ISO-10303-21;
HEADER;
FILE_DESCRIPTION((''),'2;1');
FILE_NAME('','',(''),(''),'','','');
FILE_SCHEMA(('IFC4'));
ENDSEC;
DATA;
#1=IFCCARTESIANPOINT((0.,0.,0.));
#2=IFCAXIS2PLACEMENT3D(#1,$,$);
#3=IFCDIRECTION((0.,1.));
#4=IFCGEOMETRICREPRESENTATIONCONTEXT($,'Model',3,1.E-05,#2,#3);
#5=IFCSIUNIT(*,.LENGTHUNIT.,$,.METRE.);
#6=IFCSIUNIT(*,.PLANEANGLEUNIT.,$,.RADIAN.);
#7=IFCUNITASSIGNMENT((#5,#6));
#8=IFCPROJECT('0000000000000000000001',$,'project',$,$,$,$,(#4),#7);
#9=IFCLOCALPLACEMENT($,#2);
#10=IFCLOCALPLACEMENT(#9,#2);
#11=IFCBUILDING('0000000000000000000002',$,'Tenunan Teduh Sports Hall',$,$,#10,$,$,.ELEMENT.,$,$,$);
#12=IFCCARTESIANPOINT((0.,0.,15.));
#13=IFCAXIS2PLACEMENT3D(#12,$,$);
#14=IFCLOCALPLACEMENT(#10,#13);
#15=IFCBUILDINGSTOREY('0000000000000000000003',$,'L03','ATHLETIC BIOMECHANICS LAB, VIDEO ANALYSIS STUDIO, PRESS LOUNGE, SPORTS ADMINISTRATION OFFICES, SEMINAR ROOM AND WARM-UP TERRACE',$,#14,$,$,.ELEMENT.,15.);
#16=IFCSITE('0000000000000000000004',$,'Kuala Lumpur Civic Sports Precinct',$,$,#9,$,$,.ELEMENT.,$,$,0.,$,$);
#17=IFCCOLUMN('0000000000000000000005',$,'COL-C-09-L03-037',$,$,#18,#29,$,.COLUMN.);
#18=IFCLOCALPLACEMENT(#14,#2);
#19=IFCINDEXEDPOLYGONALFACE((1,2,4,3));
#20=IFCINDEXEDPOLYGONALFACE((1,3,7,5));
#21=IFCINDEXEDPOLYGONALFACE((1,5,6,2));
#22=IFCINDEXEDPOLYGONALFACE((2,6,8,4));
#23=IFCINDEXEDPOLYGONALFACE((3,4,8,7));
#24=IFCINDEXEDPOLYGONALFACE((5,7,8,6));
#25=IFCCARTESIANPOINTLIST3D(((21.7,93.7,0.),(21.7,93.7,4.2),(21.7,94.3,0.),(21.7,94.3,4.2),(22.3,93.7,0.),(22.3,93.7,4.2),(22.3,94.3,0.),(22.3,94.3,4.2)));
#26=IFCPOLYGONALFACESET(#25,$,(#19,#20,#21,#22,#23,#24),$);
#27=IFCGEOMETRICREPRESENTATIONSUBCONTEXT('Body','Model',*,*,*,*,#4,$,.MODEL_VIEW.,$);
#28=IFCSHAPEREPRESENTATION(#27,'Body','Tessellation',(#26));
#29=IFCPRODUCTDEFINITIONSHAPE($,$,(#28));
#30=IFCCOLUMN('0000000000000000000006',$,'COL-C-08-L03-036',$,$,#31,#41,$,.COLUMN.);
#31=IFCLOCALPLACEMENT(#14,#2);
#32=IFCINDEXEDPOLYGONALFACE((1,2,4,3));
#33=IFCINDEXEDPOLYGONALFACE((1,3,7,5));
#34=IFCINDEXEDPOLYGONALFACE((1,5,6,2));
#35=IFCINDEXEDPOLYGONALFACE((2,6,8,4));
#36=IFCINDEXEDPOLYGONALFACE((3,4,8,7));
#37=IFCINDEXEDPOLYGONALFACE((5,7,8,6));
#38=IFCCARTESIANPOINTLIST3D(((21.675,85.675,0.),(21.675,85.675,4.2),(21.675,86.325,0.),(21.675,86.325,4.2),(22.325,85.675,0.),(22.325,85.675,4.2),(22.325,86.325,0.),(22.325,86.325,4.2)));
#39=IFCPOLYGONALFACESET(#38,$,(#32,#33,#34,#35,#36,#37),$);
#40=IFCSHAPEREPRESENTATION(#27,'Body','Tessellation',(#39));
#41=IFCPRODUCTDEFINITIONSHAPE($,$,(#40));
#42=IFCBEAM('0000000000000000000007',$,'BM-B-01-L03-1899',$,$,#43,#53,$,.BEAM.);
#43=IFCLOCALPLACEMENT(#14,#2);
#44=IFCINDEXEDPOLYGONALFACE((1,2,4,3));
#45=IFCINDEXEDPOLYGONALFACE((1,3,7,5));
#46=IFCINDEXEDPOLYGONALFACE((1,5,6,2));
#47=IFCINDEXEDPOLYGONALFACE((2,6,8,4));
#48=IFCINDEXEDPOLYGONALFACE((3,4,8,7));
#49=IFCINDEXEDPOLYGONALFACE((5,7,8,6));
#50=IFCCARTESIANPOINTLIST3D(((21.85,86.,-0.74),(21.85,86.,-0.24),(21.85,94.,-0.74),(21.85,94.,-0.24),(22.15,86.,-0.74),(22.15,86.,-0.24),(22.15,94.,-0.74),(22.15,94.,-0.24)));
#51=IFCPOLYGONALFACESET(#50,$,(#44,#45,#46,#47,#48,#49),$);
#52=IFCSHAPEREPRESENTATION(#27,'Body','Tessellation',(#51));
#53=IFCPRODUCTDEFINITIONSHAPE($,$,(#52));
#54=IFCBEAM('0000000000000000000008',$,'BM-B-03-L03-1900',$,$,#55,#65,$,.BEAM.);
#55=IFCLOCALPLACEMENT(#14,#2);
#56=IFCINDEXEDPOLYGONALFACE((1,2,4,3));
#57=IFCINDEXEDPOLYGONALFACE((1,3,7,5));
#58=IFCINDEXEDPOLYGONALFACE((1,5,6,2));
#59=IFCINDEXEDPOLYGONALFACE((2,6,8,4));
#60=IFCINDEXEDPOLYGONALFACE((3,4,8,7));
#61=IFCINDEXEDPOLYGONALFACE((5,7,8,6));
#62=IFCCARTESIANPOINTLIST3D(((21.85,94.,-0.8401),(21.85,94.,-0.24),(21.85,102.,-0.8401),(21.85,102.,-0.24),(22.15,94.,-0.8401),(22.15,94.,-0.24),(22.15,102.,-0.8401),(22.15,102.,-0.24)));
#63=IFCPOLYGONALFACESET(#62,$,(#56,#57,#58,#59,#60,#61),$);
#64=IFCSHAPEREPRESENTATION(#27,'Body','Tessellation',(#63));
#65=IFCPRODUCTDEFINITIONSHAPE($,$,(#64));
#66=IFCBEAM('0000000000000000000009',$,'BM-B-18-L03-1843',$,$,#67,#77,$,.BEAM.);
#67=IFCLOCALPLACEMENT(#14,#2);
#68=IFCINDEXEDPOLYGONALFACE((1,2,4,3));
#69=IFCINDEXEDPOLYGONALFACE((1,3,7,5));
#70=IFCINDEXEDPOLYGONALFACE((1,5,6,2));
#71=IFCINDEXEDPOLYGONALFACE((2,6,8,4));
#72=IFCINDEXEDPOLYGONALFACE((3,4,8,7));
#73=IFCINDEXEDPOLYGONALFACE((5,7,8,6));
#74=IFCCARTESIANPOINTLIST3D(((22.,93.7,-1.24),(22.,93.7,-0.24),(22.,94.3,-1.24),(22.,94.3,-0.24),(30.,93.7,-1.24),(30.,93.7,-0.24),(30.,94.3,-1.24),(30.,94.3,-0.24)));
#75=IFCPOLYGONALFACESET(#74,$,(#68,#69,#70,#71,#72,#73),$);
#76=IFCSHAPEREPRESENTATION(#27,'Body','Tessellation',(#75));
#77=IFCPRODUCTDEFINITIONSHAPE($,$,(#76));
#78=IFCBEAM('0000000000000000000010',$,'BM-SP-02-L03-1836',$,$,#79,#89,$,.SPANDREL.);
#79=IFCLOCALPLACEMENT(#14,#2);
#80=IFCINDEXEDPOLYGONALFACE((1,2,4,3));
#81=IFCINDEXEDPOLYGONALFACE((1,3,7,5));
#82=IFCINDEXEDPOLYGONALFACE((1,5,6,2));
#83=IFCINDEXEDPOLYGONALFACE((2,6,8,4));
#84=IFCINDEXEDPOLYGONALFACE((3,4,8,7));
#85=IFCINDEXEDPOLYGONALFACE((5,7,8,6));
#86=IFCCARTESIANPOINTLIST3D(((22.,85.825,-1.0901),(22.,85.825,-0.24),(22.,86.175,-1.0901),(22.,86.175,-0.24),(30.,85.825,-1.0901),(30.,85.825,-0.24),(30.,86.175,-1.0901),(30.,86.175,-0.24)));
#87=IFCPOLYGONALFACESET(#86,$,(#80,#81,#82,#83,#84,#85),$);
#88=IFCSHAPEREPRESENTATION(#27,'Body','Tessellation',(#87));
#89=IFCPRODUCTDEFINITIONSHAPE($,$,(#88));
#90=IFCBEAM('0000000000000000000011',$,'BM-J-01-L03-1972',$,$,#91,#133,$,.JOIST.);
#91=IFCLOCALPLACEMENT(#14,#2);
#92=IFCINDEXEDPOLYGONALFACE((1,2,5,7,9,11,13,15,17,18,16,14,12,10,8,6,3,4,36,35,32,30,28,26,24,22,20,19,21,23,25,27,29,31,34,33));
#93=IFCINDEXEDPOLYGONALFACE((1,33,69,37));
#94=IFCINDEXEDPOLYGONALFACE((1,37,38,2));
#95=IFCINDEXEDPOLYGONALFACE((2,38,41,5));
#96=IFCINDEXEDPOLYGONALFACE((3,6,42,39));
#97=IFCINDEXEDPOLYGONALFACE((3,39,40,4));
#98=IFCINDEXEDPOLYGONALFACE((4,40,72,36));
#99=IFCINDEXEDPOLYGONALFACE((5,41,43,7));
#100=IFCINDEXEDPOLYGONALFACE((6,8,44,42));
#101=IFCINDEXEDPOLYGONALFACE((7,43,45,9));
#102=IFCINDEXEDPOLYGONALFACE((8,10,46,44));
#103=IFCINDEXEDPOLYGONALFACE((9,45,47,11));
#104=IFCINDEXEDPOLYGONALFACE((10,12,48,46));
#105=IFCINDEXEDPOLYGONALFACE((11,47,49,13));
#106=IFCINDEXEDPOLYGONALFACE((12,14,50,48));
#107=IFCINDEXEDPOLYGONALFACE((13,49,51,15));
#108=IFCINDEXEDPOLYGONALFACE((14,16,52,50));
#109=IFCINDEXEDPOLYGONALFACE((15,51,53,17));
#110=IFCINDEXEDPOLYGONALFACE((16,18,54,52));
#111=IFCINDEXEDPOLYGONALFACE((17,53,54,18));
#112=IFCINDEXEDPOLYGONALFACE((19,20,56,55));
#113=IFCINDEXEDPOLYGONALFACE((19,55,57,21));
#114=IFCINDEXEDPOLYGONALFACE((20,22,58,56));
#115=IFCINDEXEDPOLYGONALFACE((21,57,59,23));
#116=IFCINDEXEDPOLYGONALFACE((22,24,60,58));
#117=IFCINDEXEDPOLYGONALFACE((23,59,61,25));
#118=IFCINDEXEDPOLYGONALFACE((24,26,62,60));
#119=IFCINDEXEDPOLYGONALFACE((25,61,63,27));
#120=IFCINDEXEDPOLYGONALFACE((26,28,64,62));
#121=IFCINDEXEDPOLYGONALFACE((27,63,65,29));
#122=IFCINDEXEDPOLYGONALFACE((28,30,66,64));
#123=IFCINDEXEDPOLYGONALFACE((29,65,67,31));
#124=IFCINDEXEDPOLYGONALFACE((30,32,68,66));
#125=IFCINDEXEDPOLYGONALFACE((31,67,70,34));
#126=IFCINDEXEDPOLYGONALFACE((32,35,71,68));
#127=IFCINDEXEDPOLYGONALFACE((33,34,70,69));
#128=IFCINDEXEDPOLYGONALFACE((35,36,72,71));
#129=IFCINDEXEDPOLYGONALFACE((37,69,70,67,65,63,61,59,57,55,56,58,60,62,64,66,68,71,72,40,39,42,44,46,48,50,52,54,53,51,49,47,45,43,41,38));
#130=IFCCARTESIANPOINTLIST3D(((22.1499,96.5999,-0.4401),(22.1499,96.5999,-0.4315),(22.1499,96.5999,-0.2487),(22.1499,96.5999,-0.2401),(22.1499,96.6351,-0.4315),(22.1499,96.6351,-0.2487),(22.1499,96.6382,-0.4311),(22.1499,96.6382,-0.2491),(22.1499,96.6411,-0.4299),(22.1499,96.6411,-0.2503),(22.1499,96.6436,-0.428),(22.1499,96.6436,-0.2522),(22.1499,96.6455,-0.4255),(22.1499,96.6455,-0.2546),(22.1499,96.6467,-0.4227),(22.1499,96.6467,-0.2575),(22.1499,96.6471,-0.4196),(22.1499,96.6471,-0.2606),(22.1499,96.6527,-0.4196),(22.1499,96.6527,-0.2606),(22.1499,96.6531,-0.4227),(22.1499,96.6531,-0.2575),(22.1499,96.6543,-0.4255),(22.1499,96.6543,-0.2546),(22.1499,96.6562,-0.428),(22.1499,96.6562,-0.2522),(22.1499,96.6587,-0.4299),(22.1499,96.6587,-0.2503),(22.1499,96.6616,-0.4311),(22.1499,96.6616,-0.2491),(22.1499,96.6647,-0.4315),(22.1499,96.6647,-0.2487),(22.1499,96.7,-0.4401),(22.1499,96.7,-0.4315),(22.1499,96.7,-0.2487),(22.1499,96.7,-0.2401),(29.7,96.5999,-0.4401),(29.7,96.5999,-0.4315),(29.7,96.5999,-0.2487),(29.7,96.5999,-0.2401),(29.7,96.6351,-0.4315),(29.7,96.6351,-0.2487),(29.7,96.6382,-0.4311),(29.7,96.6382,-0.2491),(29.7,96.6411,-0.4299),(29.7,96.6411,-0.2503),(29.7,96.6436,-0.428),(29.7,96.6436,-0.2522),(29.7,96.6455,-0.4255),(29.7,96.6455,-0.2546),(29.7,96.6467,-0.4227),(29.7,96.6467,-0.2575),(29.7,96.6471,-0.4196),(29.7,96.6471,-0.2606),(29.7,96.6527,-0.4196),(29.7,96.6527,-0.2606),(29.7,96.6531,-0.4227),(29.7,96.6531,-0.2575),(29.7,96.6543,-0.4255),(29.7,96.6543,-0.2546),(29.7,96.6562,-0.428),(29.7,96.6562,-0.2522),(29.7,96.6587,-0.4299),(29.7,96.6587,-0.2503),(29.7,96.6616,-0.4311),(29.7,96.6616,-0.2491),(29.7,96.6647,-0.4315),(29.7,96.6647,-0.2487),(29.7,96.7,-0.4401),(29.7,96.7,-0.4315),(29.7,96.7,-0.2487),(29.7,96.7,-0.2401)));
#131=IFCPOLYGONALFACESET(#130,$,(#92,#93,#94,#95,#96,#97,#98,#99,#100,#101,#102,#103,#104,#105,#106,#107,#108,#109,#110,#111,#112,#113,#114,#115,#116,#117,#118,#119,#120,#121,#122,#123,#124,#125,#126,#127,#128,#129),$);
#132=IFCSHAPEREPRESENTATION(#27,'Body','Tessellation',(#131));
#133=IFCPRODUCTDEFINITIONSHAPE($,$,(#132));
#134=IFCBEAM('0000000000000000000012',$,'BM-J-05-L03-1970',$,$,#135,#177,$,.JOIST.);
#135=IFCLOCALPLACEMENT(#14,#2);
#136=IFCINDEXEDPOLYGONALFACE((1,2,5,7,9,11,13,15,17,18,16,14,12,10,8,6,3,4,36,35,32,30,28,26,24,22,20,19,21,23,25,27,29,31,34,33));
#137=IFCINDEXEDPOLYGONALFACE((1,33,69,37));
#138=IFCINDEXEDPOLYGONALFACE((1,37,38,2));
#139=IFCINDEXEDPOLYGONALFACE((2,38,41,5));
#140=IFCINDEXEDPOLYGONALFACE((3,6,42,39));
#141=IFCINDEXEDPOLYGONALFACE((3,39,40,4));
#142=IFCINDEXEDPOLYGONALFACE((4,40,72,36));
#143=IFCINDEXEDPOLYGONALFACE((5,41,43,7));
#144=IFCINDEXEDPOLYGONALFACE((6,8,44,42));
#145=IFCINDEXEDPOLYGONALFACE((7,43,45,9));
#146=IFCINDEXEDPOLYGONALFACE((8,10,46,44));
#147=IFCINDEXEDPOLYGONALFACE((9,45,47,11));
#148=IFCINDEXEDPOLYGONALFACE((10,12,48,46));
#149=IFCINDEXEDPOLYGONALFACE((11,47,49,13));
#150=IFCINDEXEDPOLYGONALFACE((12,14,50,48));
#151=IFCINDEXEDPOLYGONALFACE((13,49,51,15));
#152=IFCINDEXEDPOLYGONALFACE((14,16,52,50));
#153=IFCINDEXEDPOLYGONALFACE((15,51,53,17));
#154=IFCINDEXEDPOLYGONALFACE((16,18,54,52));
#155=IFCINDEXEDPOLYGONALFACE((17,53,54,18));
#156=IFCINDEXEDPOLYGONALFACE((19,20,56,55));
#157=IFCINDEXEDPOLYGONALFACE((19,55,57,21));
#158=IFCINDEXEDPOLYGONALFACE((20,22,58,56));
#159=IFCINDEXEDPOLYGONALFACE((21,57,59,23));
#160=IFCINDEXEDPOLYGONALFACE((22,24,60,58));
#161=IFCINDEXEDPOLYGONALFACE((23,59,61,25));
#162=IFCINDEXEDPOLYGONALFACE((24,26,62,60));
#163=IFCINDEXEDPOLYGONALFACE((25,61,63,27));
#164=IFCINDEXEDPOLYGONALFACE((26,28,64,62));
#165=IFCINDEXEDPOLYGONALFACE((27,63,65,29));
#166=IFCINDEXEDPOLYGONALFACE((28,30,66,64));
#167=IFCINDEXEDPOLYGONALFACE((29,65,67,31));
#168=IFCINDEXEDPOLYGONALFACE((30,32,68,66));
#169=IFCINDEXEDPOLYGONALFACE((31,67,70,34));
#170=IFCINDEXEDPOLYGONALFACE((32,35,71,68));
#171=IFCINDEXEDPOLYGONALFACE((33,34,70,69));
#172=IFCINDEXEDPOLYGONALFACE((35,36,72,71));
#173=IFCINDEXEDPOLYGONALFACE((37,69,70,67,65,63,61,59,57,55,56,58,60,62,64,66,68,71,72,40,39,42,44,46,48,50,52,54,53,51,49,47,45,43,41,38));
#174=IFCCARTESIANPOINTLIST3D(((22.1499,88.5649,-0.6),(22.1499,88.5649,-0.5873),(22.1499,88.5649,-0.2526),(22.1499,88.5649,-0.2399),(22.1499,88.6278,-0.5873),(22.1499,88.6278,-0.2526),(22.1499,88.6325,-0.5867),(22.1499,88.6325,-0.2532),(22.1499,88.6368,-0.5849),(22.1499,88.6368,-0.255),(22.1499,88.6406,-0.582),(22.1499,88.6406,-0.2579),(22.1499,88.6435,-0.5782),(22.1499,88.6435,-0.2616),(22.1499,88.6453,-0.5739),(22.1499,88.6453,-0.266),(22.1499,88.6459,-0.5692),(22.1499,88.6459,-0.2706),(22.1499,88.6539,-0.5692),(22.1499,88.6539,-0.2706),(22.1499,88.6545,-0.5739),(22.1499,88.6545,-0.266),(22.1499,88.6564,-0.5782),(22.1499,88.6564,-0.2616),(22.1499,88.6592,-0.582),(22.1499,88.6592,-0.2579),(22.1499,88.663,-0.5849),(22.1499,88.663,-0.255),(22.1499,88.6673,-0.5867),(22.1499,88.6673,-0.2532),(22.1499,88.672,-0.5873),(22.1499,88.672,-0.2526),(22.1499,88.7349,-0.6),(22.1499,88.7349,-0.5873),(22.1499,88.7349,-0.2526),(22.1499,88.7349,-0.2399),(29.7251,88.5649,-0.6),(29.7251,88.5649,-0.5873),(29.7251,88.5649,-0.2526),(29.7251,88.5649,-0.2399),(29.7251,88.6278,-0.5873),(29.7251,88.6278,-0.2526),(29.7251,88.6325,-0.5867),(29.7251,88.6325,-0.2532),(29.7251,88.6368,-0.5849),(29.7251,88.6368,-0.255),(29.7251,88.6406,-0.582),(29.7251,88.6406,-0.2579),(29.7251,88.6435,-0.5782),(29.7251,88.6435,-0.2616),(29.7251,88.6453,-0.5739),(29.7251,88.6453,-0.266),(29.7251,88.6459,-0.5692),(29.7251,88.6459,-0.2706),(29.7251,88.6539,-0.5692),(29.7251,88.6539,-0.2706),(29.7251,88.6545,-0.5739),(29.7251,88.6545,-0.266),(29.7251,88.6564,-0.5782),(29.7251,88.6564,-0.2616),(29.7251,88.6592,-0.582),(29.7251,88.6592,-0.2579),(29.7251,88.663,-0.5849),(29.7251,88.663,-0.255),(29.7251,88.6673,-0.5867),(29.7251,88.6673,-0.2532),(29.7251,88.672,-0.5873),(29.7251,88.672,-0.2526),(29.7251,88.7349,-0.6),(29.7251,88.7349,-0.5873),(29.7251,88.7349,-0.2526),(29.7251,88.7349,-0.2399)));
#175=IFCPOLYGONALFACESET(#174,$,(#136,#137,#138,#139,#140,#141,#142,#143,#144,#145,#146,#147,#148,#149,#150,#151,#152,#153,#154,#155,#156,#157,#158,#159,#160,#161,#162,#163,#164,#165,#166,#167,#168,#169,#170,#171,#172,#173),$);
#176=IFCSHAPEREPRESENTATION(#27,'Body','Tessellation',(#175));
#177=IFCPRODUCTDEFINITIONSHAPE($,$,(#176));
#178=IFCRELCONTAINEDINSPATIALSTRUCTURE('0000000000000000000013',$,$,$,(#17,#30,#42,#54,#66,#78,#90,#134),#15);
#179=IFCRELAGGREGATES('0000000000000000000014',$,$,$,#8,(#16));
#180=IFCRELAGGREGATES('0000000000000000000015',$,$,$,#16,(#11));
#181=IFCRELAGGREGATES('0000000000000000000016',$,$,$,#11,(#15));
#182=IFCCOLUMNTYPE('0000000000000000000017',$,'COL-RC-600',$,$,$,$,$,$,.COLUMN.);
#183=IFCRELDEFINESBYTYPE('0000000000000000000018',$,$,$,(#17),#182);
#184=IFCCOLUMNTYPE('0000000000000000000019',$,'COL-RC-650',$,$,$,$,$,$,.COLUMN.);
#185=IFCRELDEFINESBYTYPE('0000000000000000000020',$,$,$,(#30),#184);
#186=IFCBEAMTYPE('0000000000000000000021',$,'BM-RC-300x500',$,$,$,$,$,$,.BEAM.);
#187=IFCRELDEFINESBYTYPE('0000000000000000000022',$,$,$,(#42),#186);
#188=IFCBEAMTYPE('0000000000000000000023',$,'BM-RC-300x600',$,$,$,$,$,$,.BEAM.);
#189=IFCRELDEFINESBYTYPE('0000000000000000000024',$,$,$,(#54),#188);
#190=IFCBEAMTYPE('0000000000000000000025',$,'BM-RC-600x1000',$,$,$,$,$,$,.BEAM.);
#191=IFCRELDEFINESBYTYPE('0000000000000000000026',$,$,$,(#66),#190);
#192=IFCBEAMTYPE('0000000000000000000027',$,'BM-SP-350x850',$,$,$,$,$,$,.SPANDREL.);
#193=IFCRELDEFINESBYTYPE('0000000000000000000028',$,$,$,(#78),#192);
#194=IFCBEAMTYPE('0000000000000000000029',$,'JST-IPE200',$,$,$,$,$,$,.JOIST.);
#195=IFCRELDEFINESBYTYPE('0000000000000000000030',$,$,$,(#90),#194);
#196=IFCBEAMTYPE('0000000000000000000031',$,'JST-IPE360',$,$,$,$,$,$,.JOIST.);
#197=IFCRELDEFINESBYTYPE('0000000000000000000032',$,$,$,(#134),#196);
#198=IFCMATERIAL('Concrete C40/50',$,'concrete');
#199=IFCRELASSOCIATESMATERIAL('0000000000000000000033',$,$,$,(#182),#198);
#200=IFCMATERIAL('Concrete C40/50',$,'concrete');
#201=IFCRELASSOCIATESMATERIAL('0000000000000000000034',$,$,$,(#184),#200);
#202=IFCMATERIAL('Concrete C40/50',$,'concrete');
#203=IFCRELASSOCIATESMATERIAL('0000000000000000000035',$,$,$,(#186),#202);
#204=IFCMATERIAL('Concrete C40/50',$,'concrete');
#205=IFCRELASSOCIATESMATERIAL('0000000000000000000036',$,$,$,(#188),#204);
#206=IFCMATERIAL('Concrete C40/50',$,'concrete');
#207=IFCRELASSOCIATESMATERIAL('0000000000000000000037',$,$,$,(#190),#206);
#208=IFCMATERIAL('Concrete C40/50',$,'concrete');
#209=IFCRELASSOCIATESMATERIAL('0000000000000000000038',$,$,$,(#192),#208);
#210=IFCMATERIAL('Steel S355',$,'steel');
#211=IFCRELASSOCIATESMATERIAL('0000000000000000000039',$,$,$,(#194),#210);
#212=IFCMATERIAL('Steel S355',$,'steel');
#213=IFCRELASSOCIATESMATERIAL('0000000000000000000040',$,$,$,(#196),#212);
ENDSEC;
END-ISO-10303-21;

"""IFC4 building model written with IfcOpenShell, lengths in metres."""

from ifc_helpers import new_model, si_unit, direction, frame, origin, origin_2d, place, context, subcontext, project, spatial, rectangle, i_section, extrude, material, material_profile, profile_set, type_object, element, save


model = new_model("IFC4")

# Units and contexts
model_context = context("Model", 3, precision=1e-05, world=origin(), true_north=direction((0.0, 1.0)))
body_context = subcontext(model_context, "Body", "Model", "MODEL_VIEW")
ifc_project = project(units=[si_unit("LENGTHUNIT", "METRE"), si_unit("PLANEANGLEUNIT", "RADIAN")], contexts=[model_context])

# Site, building, storey
site_placement = place(None, origin())
site = spatial("IfcSite", under=ifc_project, at=site_placement, Name="Kuala Lumpur Civic Sports Precinct", CompositionType="ELEMENT", RefElevation=0.0)
building_placement = place(site_placement, origin())
building = spatial("IfcBuilding", under=site, at=building_placement, Name="Tenunan Teduh Sports Hall", CompositionType="ELEMENT")
storey_placement = place(building_placement, frame((0.0, 0.0, 15.0)))
storey = spatial("IfcBuildingStorey", under=building, at=storey_placement, Name="L03", Description="ATHLETIC BIOMECHANICS LAB, VIDEO ANALYSIS STUDIO, PRESS LOUNGE, SPORTS ADMINISTRATION OFFICES, SEMINAR ROOM AND WARM-UP TERRACE", CompositionType="ELEMENT", Elevation=15.0)

# Columns
ifc_material_1 = material(Name="Concrete C40/50", Category="concrete")
ifc_material_profile_1 = material_profile(ifc_material_1, rectangle(XDim=0.6001, YDim=0.6001, at=origin_2d()), Name="RC 600x600")
ifc_profile_set_1 = profile_set([ifc_material_profile_1], Name="Concrete C40/50")
column_type_1 = type_object("IfcColumnType", Name="COL-RC-600", PredefinedType="COLUMN", material=ifc_profile_set_1)
column_1_placement = place(storey_placement, frame((22.0, 94.0, 0.0), z_axis=(0.0, 0.0, 1.0), x_axis=(1.0, 0.0, 0.0)))
element("IfcColumn", 1, at=column_1_placement, inside=storey, type_object=column_type_1, Name="COL-C-09-L03-037", PredefinedType="COLUMN", context=body_context, shape_type="SweptSolid", body=[
    extrude(rectangle(XDim=0.6001, YDim=0.6001, at=origin_2d()), origin(), (0.0, 0.0, 1.0), 4.2),
])
ifc_material_2 = material(Name="Concrete C40/50", Category="concrete")
ifc_material_profile_2 = material_profile(ifc_material_2, rectangle(XDim=0.6499, YDim=0.6499, at=origin_2d()), Name="RC 650x650")
ifc_profile_set_2 = profile_set([ifc_material_profile_2], Name="Concrete C40/50")
column_type_2 = type_object("IfcColumnType", Name="COL-RC-650", PredefinedType="COLUMN", material=ifc_profile_set_2)
column_2_placement = place(storey_placement, frame((22.0, 86.0, 0.0), z_axis=(0.0, 0.0, 1.0), x_axis=(1.0, 0.0, 0.0)))
element("IfcColumn", 2, at=column_2_placement, inside=storey, type_object=column_type_2, Name="COL-C-08-L03-036", PredefinedType="COLUMN", context=body_context, shape_type="SweptSolid", body=[
    extrude(rectangle(XDim=0.6499, YDim=0.6499, at=origin_2d()), origin(), (0.0, 0.0, 1.0), 4.2),
])

# Beams
ifc_material_3 = material(Name="Concrete C40/50", Category="concrete")
ifc_material_profile_3 = material_profile(ifc_material_3, rectangle(XDim=0.3, YDim=0.5, at=origin_2d()), Name="RCB 300x500")
ifc_profile_set_3 = profile_set([ifc_material_profile_3], Name="Concrete C40/50")
beam_type_1 = type_object("IfcBeamType", Name="BM-RC-300x500", PredefinedType="BEAM", material=ifc_profile_set_3)
beam_1_placement = place(storey_placement, frame((22.0, 86.0, -0.49), z_axis=(0.0, 1.0, 0.0), x_axis=(-1.0, 0.0, 0.0)))
element("IfcBeam", 3, at=beam_1_placement, inside=storey, type_object=beam_type_1, Name="BM-B-01-L03-1899", PredefinedType="BEAM", context=body_context, shape_type="SweptSolid", body=[
    extrude(rectangle(XDim=0.3, YDim=0.5, at=origin_2d()), origin(), (0.0, 0.0, 1.0), 8.0),
])
ifc_material_4 = material(Name="Concrete C40/50", Category="concrete")
ifc_material_profile_4 = material_profile(ifc_material_4, rectangle(XDim=0.3, YDim=0.6001, at=origin_2d()), Name="RCB 300x600")
ifc_profile_set_4 = profile_set([ifc_material_profile_4], Name="Concrete C40/50")
beam_type_2 = type_object("IfcBeamType", Name="BM-RC-300x600", PredefinedType="BEAM", material=ifc_profile_set_4)
beam_2_placement = place(storey_placement, frame((22.0, 94.0, -0.54), z_axis=(0.0, 1.0, 0.0), x_axis=(-1.0, 0.0, 0.0)))
element("IfcBeam", 4, at=beam_2_placement, inside=storey, type_object=beam_type_2, Name="BM-B-03-L03-1900", PredefinedType="BEAM", context=body_context, shape_type="SweptSolid", body=[
    extrude(rectangle(XDim=0.3, YDim=0.6001, at=origin_2d()), origin(), (0.0, 0.0, 1.0), 8.0),
])
ifc_material_5 = material(Name="Concrete C40/50", Category="concrete")
ifc_material_profile_5 = material_profile(ifc_material_5, rectangle(XDim=0.6001, YDim=1.0, at=origin_2d()), Name="RCB 600x1000")
ifc_profile_set_5 = profile_set([ifc_material_profile_5], Name="Concrete C40/50")
beam_type_3 = type_object("IfcBeamType", Name="BM-RC-600x1000", PredefinedType="BEAM", material=ifc_profile_set_5)
beam_3_placement = place(storey_placement, frame((22.0, 94.0, -0.74), z_axis=(1.0, 0.0, 0.0), x_axis=(0.0, 1.0, 0.0)))
element("IfcBeam", 5, at=beam_3_placement, inside=storey, type_object=beam_type_3, Name="BM-B-18-L03-1843", PredefinedType="BEAM", context=body_context, shape_type="SweptSolid", body=[
    extrude(rectangle(XDim=0.6001, YDim=1.0, at=origin_2d()), origin(), (0.0, 0.0, 1.0), 8.0),
])
ifc_material_6 = material(Name="Concrete C40/50", Category="concrete")
ifc_material_profile_6 = material_profile(ifc_material_6, rectangle(XDim=0.3501, YDim=0.8501, at=origin_2d()), Name="SPB 350x850")
ifc_profile_set_6 = profile_set([ifc_material_profile_6], Name="Concrete C40/50")
beam_type_4 = type_object("IfcBeamType", Name="BM-SP-350x850", PredefinedType="SPANDREL", material=ifc_profile_set_6)
beam_4_placement = place(storey_placement, frame((22.0, 86.0, -0.665), z_axis=(1.0, 0.0, 0.0), x_axis=(0.0, 1.0, 0.0)))
element("IfcBeam", 6, at=beam_4_placement, inside=storey, type_object=beam_type_4, Name="BM-SP-02-L03-1836", PredefinedType="SPANDREL", context=body_context, shape_type="SweptSolid", body=[
    extrude(rectangle(XDim=0.3501, YDim=0.8501, at=origin_2d()), origin(), (0.0, 0.0, 1.0), 8.0),
])
ifc_material_7 = material(Name="Steel S355", Category="steel")
ifc_material_profile_7 = material_profile(ifc_material_7, i_section(OverallWidth=0.1001, OverallDepth=0.2, WebThickness=0.0056, FlangeThickness=0.0085, FilletRadius=0.012, at=origin_2d()), Name="IPE 200")
ifc_profile_set_7 = profile_set([ifc_material_profile_7], Name="Steel S355")
beam_type_5 = type_object("IfcBeamType", Name="JST-IPE200", PredefinedType="JOIST", material=ifc_profile_set_7)
beam_5_placement = place(storey_placement, frame((22.1499, 96.6499, -0.3401), z_axis=(1.0, 0.0, 0.0), x_axis=(0.0, 1.0, 0.0)))
element("IfcBeam", 7, at=beam_5_placement, inside=storey, type_object=beam_type_5, Name="BM-J-01-L03-1972", PredefinedType="JOIST", context=body_context, shape_type="SweptSolid", body=[
    extrude(i_section(OverallWidth=0.1001, OverallDepth=0.2, WebThickness=0.0056, FlangeThickness=0.0085, FilletRadius=0.012, at=origin_2d()), origin(), (0.0, 0.0, 1.0), 7.55),
])
ifc_material_8 = material(Name="Steel S355", Category="steel")
ifc_material_profile_8 = material_profile(ifc_material_8, i_section(OverallWidth=0.1699, OverallDepth=0.3601, WebThickness=0.0081, FlangeThickness=0.0127, FilletRadius=0.0181, at=origin_2d()), Name="IPE 360")
ifc_profile_set_8 = profile_set([ifc_material_profile_8], Name="Steel S355")
beam_type_6 = type_object("IfcBeamType", Name="JST-IPE360", PredefinedType="JOIST", material=ifc_profile_set_8)
beam_6_placement = place(storey_placement, frame((22.1499, 88.6499, -0.4199), z_axis=(1.0, 0.0, 0.0), x_axis=(0.0, 1.0, 0.0)))
element("IfcBeam", 8, at=beam_6_placement, inside=storey, type_object=beam_type_6, Name="BM-J-05-L03-1970", PredefinedType="JOIST", context=body_context, shape_type="SweptSolid", body=[
    extrude(i_section(OverallWidth=0.1699, OverallDepth=0.3601, WebThickness=0.0081, FlangeThickness=0.0127, FilletRadius=0.0181, at=origin_2d()), origin(), (0.0, 0.0, 1.0), 7.5752),
])

save(model, "model.ifc")
